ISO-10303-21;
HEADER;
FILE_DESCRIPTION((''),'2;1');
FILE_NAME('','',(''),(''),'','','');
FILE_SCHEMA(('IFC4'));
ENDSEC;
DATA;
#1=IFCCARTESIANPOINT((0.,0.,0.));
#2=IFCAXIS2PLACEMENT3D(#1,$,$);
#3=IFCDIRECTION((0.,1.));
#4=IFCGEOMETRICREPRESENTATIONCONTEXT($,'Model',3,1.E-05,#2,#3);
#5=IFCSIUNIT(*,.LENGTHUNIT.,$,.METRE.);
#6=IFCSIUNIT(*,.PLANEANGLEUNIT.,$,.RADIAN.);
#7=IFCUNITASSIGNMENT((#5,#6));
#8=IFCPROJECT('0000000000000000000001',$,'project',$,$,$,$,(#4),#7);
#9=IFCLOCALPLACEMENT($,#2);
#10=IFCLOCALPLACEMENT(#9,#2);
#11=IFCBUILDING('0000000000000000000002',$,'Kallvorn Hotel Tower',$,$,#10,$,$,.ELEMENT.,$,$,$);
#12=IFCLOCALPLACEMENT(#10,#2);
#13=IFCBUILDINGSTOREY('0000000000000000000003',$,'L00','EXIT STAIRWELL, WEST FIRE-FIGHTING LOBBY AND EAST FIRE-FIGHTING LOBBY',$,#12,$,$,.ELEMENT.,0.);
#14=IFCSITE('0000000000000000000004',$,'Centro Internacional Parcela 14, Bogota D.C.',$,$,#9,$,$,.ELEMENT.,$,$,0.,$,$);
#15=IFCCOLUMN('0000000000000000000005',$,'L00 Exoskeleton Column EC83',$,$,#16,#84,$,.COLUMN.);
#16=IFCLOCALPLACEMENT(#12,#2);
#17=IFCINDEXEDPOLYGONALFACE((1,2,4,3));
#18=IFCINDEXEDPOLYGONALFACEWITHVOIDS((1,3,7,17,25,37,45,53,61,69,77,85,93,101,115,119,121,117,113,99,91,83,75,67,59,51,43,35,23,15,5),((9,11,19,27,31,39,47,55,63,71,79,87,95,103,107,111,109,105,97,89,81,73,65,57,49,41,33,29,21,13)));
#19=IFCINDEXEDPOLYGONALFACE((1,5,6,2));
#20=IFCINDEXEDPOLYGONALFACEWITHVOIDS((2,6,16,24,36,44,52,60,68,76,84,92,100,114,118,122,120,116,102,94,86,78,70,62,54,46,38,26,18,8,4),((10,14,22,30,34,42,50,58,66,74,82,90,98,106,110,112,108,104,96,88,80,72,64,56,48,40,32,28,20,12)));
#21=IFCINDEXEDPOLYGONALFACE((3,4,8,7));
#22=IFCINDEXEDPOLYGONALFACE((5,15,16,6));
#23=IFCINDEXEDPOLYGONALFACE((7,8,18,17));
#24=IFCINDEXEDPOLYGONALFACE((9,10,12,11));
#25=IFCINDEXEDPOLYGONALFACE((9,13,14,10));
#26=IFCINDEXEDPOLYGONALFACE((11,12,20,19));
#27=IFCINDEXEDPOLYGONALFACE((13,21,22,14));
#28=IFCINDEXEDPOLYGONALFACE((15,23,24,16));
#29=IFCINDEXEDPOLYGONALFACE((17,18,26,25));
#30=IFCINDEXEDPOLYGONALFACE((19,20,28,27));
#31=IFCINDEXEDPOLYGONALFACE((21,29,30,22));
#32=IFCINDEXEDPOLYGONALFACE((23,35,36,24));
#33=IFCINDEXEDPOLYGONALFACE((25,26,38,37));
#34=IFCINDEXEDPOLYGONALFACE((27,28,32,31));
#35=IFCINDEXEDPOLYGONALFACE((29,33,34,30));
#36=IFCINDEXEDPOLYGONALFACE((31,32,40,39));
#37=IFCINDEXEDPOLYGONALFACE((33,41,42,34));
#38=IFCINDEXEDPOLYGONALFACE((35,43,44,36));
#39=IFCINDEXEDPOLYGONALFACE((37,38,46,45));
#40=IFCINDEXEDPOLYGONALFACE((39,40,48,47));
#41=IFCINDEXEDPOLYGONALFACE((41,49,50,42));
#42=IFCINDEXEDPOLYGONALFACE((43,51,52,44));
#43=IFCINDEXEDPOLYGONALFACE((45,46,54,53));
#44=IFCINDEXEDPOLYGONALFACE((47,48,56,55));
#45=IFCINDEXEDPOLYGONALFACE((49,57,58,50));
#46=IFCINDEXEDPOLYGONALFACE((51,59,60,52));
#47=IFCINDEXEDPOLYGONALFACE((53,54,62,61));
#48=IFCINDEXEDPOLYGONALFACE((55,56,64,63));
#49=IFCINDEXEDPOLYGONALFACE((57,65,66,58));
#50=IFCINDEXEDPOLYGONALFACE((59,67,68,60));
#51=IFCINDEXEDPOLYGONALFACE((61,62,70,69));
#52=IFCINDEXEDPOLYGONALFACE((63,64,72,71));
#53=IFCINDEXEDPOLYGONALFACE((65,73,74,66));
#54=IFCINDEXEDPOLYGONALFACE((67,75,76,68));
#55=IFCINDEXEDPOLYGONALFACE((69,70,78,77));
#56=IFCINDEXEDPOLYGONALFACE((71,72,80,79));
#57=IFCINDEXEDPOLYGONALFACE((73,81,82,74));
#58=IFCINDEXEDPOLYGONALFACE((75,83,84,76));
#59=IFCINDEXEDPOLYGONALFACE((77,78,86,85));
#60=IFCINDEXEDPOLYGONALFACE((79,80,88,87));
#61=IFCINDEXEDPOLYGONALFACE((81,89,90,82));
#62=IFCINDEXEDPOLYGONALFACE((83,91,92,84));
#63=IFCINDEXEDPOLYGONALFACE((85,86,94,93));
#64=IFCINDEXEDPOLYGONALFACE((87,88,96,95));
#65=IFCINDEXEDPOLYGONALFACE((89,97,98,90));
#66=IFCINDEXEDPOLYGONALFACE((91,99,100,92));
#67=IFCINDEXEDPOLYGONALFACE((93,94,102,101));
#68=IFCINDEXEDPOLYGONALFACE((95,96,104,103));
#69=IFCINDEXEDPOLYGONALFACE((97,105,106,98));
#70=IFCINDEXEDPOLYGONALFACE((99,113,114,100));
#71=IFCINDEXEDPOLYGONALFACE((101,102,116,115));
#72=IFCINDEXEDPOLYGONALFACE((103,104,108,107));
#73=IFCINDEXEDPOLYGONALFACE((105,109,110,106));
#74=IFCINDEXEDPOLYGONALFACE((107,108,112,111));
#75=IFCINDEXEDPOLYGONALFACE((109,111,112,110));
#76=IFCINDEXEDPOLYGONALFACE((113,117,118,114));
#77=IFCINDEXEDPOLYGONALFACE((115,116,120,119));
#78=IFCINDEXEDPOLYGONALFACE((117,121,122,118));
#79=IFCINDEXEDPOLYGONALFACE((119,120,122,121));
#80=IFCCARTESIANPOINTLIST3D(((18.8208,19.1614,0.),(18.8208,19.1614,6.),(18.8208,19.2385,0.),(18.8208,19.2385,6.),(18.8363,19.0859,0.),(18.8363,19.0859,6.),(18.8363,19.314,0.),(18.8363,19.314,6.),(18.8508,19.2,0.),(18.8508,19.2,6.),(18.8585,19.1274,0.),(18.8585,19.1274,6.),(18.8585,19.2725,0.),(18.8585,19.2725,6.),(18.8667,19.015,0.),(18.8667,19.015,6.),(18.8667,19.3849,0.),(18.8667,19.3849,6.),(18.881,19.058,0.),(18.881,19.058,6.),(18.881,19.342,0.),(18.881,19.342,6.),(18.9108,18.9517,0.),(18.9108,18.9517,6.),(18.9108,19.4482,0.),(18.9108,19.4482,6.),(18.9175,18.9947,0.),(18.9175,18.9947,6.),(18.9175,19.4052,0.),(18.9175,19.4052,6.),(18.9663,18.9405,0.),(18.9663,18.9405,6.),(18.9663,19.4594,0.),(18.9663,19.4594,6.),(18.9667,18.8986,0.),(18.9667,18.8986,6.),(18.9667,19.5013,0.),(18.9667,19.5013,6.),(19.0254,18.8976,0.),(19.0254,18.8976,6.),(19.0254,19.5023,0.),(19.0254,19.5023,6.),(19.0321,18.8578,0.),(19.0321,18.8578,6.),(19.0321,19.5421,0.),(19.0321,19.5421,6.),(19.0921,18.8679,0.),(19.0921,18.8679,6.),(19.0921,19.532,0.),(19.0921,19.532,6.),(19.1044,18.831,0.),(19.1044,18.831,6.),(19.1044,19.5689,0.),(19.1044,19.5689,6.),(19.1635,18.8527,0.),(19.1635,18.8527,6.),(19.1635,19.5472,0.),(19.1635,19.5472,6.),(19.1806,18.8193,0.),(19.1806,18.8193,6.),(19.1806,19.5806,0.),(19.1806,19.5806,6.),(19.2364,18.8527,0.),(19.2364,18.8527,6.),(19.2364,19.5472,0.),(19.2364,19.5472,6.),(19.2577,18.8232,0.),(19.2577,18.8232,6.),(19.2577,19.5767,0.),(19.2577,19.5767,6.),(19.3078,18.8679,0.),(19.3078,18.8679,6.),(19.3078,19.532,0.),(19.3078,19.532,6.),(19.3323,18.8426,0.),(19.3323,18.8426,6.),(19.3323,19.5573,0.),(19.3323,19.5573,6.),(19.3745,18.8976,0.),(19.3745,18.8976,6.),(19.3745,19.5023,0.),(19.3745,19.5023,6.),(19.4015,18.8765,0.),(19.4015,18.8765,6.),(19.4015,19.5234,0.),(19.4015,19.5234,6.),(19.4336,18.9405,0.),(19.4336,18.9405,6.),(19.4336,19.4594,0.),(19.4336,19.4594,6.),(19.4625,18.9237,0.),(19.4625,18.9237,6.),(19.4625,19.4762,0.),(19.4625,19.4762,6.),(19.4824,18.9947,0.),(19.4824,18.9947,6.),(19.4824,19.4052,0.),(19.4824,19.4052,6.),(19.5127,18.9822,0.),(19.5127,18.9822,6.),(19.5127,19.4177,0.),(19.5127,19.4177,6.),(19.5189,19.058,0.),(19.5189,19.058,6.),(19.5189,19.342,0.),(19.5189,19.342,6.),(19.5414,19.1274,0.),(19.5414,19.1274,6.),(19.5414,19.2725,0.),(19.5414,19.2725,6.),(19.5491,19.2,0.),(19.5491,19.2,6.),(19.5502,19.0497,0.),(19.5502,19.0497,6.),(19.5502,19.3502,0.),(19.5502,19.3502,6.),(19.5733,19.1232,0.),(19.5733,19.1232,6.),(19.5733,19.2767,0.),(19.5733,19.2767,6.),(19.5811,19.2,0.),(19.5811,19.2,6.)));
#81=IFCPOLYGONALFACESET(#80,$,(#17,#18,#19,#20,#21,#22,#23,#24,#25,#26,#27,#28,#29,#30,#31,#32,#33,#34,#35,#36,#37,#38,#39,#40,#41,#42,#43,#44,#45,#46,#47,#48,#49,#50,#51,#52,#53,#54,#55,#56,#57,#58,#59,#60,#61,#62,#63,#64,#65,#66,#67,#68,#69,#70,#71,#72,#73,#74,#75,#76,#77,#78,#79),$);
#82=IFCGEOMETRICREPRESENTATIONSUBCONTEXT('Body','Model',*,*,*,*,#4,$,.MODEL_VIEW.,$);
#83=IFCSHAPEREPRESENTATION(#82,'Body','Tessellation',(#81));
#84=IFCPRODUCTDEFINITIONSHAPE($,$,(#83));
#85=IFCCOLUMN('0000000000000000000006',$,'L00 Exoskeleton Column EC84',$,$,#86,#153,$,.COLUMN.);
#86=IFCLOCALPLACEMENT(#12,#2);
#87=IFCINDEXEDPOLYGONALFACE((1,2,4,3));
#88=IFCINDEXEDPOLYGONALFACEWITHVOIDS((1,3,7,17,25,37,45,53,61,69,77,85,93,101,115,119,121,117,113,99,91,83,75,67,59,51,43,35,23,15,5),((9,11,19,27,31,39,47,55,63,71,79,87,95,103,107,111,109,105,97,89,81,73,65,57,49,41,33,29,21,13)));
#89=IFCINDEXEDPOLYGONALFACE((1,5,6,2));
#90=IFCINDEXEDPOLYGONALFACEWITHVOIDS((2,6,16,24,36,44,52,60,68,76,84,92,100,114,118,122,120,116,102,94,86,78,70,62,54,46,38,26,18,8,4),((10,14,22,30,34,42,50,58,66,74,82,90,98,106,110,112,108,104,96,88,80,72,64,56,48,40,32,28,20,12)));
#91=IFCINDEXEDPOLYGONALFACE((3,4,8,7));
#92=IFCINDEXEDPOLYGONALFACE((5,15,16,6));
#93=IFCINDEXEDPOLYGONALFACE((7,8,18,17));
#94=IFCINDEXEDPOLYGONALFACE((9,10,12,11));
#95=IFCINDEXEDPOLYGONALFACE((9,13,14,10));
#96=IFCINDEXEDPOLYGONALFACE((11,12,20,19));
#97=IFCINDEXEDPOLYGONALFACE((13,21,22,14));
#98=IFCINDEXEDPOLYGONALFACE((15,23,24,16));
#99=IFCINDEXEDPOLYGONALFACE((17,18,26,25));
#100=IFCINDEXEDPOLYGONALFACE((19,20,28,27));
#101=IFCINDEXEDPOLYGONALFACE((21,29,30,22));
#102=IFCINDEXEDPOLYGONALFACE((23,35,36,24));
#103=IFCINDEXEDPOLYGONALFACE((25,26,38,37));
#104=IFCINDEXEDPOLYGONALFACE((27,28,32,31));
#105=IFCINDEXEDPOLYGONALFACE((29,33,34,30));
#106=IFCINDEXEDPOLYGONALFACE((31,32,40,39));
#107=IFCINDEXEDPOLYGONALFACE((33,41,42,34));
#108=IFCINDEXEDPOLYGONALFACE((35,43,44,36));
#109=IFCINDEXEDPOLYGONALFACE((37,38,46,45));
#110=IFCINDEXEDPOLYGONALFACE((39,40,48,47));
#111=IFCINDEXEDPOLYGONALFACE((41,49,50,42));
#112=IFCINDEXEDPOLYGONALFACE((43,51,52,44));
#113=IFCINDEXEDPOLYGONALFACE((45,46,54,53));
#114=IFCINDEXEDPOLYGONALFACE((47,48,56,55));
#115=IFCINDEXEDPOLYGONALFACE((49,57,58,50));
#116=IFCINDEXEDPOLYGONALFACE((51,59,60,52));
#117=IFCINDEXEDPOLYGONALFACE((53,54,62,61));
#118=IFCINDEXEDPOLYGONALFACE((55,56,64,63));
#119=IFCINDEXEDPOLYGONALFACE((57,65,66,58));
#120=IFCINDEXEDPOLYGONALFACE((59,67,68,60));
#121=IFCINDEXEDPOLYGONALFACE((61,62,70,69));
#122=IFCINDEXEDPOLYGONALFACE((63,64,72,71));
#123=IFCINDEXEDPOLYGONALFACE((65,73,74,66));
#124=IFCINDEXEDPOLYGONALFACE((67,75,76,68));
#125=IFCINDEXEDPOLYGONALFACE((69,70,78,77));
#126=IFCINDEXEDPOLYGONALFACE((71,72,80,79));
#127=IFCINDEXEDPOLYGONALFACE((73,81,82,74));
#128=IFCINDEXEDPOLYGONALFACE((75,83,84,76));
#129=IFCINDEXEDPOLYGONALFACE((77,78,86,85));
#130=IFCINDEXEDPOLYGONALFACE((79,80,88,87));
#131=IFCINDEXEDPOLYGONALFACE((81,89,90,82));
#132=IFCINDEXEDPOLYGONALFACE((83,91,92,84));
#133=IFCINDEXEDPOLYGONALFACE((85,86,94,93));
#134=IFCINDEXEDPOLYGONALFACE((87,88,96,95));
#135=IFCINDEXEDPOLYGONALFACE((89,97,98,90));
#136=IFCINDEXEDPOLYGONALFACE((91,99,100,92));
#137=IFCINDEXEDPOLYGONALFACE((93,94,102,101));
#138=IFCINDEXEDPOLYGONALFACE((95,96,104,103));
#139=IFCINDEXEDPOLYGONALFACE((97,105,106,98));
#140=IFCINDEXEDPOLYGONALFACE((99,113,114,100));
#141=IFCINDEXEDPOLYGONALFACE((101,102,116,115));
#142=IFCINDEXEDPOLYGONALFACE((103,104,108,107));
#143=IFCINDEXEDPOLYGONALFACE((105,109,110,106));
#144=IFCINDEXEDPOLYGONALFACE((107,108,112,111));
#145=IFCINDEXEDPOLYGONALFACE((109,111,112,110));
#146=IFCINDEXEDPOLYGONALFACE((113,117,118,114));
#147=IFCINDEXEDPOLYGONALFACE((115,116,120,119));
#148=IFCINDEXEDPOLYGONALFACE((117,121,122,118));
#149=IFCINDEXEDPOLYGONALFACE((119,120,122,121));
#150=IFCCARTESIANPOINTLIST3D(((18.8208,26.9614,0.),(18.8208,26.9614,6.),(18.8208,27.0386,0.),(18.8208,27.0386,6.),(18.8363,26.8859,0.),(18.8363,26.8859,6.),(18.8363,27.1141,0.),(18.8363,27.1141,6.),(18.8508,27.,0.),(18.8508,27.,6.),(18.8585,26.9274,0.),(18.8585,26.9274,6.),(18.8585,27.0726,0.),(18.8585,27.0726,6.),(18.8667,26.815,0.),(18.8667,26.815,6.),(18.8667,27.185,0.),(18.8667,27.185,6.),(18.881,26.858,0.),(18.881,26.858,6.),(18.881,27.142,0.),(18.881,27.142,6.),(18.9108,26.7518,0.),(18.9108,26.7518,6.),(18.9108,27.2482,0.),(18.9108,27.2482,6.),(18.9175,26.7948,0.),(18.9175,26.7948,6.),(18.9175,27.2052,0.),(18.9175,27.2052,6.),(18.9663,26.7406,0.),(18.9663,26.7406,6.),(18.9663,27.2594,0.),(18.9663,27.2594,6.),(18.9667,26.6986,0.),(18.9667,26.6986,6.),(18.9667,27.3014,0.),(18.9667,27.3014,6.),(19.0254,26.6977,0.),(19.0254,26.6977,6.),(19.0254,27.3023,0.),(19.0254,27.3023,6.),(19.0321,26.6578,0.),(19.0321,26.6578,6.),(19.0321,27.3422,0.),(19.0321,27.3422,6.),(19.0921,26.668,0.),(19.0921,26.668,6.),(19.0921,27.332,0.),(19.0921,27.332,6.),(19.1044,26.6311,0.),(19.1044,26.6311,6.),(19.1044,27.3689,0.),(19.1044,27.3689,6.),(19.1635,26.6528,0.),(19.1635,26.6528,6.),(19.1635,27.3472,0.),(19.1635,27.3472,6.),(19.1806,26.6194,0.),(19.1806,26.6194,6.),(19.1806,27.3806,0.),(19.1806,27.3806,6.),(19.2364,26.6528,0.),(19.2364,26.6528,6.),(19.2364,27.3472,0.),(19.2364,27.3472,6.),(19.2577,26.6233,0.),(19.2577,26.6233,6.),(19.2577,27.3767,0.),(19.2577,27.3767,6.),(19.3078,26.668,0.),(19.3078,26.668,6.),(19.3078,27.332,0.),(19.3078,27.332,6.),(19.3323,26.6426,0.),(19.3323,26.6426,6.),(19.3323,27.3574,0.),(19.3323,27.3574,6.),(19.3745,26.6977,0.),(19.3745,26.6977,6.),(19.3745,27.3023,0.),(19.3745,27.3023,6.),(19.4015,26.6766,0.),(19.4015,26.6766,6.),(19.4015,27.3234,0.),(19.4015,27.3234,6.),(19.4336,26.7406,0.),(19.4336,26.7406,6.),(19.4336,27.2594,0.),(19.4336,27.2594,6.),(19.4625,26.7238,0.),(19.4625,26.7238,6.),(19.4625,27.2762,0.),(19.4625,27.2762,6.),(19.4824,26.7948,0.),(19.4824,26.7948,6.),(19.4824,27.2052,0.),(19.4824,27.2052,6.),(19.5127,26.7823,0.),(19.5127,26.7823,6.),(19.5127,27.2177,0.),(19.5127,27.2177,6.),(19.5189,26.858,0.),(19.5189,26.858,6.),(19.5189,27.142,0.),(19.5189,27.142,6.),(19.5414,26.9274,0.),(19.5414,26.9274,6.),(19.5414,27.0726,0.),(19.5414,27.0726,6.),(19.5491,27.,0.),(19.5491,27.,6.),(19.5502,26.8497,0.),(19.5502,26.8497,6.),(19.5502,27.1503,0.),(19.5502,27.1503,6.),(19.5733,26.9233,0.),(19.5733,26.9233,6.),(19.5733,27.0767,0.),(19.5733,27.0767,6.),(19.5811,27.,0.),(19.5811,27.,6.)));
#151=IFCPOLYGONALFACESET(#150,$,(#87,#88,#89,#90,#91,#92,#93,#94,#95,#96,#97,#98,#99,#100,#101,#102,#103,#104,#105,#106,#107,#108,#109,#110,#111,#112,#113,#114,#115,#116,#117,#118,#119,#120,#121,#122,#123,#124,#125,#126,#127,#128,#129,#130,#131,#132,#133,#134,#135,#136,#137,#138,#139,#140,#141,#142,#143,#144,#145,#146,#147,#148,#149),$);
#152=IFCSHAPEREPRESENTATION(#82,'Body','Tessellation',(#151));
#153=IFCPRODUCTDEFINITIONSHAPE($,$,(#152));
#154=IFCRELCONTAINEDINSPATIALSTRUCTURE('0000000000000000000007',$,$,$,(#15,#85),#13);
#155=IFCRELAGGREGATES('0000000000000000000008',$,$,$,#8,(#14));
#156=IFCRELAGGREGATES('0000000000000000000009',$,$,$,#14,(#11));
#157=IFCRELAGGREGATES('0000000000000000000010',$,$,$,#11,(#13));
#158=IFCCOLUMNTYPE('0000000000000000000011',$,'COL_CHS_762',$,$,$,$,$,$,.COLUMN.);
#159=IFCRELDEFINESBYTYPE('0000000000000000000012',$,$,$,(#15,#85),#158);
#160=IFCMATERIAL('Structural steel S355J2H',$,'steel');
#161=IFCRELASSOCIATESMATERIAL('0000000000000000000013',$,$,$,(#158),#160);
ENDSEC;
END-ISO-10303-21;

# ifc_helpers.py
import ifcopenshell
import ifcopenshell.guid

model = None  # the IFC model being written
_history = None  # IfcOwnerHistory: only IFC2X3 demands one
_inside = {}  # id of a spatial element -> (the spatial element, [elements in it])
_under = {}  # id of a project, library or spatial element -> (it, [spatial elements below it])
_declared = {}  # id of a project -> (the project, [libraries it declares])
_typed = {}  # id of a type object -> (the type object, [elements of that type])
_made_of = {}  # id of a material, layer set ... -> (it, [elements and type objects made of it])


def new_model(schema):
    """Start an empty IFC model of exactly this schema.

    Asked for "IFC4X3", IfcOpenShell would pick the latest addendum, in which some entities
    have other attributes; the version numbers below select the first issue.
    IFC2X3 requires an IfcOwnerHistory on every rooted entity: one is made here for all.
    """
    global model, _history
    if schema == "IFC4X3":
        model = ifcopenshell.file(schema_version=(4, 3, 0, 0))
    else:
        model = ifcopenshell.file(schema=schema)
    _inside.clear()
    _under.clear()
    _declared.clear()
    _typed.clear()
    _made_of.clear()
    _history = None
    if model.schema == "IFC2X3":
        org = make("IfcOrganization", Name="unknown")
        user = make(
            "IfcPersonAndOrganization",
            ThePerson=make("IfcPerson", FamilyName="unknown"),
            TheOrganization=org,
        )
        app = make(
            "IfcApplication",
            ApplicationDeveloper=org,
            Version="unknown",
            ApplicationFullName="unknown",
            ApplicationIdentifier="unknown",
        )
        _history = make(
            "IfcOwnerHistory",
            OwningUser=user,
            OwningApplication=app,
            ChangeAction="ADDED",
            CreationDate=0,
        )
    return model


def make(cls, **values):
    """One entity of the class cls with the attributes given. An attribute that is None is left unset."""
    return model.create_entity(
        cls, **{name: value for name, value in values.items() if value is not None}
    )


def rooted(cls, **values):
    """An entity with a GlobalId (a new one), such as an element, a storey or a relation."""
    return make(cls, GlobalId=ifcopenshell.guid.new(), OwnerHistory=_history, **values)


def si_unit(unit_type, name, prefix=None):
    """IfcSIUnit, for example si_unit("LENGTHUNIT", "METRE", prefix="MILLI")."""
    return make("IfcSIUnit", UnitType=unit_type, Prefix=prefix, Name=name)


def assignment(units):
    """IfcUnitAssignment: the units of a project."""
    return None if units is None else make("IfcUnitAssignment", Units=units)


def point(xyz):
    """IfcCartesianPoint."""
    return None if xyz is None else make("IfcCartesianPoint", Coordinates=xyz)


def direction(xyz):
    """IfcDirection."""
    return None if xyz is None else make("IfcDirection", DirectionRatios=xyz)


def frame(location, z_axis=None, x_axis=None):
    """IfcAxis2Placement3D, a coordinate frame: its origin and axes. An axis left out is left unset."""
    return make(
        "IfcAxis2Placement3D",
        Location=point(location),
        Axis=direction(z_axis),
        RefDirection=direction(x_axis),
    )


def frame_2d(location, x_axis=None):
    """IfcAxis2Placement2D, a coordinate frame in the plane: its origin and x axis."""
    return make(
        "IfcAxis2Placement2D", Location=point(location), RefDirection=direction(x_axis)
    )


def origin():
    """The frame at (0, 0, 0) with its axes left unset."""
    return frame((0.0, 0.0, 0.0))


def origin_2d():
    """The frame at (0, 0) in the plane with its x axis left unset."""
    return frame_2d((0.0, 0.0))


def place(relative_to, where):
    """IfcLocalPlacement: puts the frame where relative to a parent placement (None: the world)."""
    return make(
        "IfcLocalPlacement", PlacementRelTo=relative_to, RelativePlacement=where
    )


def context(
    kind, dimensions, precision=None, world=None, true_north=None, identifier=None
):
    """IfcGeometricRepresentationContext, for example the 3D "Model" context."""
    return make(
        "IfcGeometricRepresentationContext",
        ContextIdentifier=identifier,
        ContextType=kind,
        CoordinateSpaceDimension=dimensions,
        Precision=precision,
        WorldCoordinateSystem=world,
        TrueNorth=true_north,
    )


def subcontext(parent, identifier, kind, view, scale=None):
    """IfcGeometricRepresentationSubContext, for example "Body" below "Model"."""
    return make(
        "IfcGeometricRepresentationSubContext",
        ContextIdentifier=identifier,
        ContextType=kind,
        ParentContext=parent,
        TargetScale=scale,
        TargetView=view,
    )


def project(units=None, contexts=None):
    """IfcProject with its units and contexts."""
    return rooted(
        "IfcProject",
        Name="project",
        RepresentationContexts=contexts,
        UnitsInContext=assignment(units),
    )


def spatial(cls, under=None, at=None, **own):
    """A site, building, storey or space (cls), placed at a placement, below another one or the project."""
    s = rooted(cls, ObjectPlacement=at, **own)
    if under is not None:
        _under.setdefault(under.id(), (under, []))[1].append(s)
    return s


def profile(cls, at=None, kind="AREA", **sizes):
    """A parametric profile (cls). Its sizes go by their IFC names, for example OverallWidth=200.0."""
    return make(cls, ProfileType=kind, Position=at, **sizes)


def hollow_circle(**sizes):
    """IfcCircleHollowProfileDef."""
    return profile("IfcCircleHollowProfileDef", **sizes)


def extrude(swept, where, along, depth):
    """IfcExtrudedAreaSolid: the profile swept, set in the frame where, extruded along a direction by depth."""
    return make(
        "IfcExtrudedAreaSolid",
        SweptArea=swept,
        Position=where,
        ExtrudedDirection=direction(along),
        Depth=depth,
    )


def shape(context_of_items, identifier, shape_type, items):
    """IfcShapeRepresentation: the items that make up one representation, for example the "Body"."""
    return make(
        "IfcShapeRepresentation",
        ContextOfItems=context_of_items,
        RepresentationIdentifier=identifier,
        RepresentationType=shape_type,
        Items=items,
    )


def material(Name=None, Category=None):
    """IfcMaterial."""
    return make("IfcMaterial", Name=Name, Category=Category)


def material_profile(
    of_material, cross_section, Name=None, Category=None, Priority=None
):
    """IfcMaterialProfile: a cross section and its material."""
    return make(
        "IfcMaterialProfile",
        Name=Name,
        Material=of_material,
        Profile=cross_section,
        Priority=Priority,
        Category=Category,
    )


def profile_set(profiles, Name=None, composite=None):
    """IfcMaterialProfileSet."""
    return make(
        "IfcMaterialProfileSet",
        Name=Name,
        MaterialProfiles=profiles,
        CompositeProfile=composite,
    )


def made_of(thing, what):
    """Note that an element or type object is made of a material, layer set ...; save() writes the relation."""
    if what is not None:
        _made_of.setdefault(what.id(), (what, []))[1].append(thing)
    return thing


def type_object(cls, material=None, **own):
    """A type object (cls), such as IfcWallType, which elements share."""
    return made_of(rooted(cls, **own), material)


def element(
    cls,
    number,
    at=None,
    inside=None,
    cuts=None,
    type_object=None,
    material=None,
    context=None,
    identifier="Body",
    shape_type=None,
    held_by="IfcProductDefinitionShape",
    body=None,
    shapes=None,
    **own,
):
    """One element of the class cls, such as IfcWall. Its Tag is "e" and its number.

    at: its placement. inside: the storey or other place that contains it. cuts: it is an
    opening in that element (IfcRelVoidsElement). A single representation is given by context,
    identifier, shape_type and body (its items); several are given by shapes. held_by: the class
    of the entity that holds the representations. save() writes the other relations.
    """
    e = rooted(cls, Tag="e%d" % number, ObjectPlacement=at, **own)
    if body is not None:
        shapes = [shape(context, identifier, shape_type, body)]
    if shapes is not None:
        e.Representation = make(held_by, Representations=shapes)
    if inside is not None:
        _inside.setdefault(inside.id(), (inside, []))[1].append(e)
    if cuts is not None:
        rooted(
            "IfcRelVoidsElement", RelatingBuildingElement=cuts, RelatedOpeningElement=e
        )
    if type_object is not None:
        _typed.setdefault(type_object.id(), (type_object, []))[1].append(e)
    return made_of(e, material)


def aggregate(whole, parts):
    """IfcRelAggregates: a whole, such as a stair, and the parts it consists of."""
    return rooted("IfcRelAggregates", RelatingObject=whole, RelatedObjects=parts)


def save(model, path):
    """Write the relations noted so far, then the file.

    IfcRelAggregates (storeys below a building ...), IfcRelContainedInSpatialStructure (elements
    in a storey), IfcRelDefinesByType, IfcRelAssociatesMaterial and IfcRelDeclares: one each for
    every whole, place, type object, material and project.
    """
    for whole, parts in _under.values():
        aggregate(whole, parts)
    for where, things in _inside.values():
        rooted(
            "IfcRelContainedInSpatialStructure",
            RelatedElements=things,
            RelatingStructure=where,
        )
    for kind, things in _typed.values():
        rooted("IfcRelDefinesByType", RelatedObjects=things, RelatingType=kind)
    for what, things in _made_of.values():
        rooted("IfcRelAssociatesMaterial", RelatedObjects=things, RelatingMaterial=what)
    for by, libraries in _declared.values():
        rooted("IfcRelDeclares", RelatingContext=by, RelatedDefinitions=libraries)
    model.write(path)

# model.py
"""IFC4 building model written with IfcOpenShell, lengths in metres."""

from ifc_helpers import new_model, si_unit, direction, frame, origin, origin_2d, place, context, subcontext, project, spatial, hollow_circle, extrude, material, material_profile, profile_set, type_object, element, save


model = new_model("IFC4")

# Units and contexts
model_context = context("Model", 3, precision=1e-05, world=origin(), true_north=direction((0.0, 1.0)))
body_context = subcontext(model_context, "Body", "Model", "MODEL_VIEW")
ifc_project = project(units=[si_unit("LENGTHUNIT", "METRE"), si_unit("PLANEANGLEUNIT", "RADIAN")], contexts=[model_context])

# Site, building, storey
site_placement = place(None, origin())
site = spatial("IfcSite", under=ifc_project, at=site_placement, Name="Centro Internacional Parcela 14, Bogota D.C.", CompositionType="ELEMENT", RefElevation=0.0)
building_placement = place(site_placement, origin())
building = spatial("IfcBuilding", under=site, at=building_placement, Name="Kallvorn Hotel Tower", CompositionType="ELEMENT")
storey_placement = place(building_placement, origin())
storey = spatial("IfcBuildingStorey", under=building, at=storey_placement, Name="L00", Description="EXIT STAIRWELL, WEST FIRE-FIGHTING LOBBY AND EAST FIRE-FIGHTING LOBBY", CompositionType="ELEMENT", Elevation=0.0)

# Columns
ifc_material_1 = material(Name="Structural steel S355J2H", Category="steel")
ifc_material_profile_1 = material_profile(ifc_material_1, hollow_circle(Radius=0.3811, WallThickness=0.032, at=origin_2d()), Name="CHS 762x32")
ifc_profile_set_1 = profile_set([ifc_material_profile_1], Name="Structural steel S355J2H")
column_type = type_object("IfcColumnType", Name="COL_CHS_762", PredefinedType="COLUMN", material=ifc_profile_set_1)
for number, where, z_axis, x_axis, name in (
    (1, (19.2, 19.2, 0.0), (0.0, 0.0, 1.0), (1.0, 0.0, 0.0), "L00 Exoskeleton Column EC83"),
    (2, (19.2, 27.0, 0.0), (0.0, 0.0, 1.0), (1.0, 0.0, 0.0), "L00 Exoskeleton Column EC84"),
):
    element("IfcColumn", number, at=place(storey_placement, frame(where, z_axis=z_axis, x_axis=x_axis)), inside=storey, type_object=column_type, Name=name, PredefinedType="COLUMN", context=body_context, shape_type="SweptSolid", body=[
        extrude(hollow_circle(Radius=0.3811, WallThickness=0.032, at=origin_2d()), origin(), (0.0, 0.0, 1.0), 6.0),
    ])

save(model, "model.ifc")
